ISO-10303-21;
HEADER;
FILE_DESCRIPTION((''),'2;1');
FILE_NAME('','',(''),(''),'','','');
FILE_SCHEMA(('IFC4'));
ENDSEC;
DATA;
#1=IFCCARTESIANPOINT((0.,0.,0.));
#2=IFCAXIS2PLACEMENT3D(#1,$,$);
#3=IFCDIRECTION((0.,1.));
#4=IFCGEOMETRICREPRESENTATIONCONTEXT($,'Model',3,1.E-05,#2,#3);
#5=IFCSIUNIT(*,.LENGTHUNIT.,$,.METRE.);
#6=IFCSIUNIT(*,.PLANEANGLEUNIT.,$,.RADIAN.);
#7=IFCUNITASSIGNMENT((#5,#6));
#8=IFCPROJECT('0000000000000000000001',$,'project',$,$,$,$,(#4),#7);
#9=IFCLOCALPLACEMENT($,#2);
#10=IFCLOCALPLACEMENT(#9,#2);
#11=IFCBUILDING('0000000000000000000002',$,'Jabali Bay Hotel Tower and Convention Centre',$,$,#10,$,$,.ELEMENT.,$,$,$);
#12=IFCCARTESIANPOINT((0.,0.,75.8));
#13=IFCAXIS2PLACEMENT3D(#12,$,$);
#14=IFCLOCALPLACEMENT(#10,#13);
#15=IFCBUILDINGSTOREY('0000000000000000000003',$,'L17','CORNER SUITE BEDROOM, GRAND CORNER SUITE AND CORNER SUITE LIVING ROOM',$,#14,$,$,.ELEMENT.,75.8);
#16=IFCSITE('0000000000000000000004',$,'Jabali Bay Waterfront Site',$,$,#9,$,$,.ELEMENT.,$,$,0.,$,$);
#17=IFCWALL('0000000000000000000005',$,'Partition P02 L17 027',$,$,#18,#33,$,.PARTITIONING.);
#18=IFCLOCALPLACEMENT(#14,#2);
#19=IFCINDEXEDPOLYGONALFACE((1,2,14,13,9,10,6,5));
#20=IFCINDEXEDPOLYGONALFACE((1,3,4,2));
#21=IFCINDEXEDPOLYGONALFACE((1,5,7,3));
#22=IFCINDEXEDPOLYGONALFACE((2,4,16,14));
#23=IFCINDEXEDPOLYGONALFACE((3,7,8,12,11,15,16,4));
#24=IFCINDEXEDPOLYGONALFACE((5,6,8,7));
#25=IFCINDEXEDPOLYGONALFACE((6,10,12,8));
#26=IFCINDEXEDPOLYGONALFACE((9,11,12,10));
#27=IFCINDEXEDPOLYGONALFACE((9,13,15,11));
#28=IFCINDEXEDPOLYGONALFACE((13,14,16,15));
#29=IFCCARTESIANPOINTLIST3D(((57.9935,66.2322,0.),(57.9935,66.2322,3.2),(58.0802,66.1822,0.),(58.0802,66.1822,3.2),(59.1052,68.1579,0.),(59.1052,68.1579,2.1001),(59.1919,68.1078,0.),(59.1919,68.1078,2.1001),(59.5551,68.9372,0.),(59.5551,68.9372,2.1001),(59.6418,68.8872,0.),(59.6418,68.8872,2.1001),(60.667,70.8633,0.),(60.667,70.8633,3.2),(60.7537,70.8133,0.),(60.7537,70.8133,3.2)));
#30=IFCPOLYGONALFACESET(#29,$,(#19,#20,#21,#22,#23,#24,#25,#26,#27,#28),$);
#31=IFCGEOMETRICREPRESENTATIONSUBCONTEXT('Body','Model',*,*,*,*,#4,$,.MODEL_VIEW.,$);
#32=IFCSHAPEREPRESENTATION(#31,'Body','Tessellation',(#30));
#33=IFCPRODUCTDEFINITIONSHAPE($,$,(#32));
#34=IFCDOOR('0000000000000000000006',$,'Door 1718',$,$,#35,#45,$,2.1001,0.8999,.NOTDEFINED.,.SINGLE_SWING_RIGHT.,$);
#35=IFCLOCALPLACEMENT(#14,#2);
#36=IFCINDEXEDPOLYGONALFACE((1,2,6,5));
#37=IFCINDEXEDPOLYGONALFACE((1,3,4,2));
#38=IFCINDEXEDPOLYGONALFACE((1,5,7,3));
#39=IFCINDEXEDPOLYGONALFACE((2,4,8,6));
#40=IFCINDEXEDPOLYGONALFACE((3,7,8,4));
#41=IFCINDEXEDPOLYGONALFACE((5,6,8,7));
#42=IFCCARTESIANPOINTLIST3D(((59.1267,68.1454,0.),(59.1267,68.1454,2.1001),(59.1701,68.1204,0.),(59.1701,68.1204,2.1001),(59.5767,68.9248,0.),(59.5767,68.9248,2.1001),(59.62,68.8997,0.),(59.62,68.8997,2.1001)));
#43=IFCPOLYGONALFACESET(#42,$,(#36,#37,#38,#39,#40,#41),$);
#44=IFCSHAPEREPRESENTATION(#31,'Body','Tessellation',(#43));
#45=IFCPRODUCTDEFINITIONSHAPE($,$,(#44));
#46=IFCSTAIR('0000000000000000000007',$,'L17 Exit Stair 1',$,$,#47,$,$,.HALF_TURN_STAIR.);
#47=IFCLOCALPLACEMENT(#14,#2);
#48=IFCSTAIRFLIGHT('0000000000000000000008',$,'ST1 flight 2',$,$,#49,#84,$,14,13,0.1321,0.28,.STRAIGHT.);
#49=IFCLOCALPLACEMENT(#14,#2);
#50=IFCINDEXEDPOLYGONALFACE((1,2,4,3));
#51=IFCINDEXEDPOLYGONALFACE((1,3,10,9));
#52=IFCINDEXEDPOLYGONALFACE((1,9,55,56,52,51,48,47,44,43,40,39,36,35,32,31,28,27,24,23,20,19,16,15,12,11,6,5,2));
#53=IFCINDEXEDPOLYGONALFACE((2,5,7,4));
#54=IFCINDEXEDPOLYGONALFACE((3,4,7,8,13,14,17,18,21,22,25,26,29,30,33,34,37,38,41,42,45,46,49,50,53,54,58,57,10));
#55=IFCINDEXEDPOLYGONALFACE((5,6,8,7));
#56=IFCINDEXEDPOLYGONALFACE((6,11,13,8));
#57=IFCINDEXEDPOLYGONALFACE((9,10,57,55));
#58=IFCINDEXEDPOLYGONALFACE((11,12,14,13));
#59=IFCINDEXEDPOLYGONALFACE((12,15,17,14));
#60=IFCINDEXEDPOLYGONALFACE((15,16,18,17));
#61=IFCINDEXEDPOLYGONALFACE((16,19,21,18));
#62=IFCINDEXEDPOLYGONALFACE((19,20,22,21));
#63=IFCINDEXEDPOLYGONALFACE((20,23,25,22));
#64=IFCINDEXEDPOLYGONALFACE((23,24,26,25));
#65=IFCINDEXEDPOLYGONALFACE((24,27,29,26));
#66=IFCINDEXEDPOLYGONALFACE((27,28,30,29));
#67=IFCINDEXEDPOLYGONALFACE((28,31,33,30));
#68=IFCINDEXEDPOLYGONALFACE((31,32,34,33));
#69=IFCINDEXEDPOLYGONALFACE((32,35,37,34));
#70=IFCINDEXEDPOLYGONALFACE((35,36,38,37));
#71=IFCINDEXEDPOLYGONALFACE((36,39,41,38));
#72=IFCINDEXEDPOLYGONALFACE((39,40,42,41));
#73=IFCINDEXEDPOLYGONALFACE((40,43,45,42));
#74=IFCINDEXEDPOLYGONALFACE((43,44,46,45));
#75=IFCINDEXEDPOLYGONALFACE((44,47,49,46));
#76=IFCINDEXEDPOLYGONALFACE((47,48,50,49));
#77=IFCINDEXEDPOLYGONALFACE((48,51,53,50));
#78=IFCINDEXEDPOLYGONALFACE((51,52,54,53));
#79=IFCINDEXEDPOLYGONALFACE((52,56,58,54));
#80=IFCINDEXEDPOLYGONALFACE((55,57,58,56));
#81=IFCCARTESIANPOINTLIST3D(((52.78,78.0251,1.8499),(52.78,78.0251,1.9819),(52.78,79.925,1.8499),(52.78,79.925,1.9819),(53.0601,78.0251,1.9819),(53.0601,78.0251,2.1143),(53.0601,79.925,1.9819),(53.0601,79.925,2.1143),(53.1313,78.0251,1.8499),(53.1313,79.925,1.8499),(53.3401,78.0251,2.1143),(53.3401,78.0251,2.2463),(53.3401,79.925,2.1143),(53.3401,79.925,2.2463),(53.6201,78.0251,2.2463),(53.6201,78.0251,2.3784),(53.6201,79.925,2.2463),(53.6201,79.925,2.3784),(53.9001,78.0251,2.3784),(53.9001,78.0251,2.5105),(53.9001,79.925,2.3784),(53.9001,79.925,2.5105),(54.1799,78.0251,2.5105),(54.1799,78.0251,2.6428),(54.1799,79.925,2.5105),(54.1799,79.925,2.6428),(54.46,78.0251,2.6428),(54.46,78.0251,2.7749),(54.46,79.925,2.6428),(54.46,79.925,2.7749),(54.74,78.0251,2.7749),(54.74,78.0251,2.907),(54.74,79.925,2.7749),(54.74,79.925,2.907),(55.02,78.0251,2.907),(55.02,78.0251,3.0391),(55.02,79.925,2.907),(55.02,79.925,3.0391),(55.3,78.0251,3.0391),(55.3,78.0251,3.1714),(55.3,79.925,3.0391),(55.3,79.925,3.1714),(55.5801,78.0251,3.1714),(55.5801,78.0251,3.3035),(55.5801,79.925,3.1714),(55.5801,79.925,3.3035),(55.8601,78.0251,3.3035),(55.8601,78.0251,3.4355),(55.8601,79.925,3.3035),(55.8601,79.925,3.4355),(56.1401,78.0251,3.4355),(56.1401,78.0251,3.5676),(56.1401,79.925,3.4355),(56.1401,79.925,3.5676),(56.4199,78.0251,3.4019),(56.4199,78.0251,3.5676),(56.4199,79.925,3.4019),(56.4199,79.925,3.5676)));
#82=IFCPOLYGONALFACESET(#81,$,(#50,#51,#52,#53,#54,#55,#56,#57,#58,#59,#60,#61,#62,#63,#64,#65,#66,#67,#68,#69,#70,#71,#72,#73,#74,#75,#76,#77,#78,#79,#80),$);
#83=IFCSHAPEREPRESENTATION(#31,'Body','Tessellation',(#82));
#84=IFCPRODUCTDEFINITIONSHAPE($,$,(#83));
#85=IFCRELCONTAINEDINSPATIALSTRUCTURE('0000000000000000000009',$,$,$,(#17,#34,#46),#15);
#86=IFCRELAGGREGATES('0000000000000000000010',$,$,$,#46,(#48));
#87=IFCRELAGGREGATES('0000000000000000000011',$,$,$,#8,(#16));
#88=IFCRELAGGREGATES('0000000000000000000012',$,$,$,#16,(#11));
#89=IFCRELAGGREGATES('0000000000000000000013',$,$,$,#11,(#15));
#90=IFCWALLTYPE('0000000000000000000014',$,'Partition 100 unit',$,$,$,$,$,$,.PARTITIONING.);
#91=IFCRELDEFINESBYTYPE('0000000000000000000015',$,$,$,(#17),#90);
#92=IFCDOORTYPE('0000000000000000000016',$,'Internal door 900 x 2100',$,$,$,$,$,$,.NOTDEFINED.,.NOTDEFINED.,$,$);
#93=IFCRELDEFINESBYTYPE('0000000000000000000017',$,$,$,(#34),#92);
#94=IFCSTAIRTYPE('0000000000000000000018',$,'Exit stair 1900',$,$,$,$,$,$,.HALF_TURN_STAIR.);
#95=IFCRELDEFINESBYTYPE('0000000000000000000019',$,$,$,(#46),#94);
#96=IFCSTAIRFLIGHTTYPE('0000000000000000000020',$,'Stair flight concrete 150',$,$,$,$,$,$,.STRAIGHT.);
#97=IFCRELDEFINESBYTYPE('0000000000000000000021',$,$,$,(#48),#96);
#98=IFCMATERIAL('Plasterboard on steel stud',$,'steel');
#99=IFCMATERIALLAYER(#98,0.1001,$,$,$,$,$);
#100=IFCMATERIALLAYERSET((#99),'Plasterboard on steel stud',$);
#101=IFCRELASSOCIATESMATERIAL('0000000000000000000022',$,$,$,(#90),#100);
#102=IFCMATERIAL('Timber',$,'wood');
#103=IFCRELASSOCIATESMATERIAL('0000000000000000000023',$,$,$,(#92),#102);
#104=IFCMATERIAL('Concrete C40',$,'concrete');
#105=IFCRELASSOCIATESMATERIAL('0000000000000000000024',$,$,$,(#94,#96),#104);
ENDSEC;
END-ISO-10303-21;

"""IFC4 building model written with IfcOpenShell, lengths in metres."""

from ifc_helpers import new_model, si_unit, direction, frame, frame_2d, origin, place, context, subcontext, project, spatial, polyline, rectangle, outline, extrude, material, layer, layer_set, type_object, element, fill, aggregate, save


model = new_model("IFC4")

# Units and contexts
model_context = context("Model", 3, precision=1e-05, world=origin(), true_north=direction((0.0, 1.0)))
body_context = subcontext(model_context, "Body", "Model", "MODEL_VIEW")
ifc_project = project(units=[si_unit("LENGTHUNIT", "METRE"), si_unit("PLANEANGLEUNIT", "RADIAN")], contexts=[model_context])

# Site, building, storey
site_placement = place(None, origin())
site = spatial("IfcSite", under=ifc_project, at=site_placement, Name="Jabali Bay Waterfront Site", CompositionType="ELEMENT", RefElevation=0.0)
building_placement = place(site_placement, origin())
building = spatial("IfcBuilding", under=site, at=building_placement, Name="Jabali Bay Hotel Tower and Convention Centre", CompositionType="ELEMENT")
storey_placement = place(building_placement, frame((0.0, 0.0, 75.8)))
storey = spatial("IfcBuildingStorey", under=building, at=storey_placement, Name="L17", Description="CORNER SUITE BEDROOM, GRAND CORNER SUITE AND CORNER SUITE LIVING ROOM", CompositionType="ELEMENT", Elevation=75.8)

# Shared definitions
ifc_material_1 = material(Name="Concrete C40", Category="concrete")

# Wall, opening, door
ifc_material_2 = material(Name="Plasterboard on steel stud", Category="steel")
ifc_layer_1 = layer(ifc_material_2, 0.1001)
ifc_layer_set_1 = layer_set([ifc_layer_1], Name="Plasterboard on steel stud")
wall_type_1 = type_object("IfcWallType", Name="Partition 100 unit", PredefinedType="PARTITIONING", material=ifc_layer_set_1)
wall_1_placement = place(storey_placement, frame((60.7104, 70.8384, 0.0), z_axis=(0.0, 0.0, 1.0), x_axis=(-0.499974, -0.86604, 0.0)))
wall_1 = element("IfcWall", 1, at=wall_1_placement, inside=storey, type_object=wall_type_1, Name="Partition P02 L17 027", PredefinedType="PARTITIONING", context=body_context, shape_type="SweptSolid", body=[
    extrude(rectangle(XDim=5.3474, YDim=0.1001, at=frame_2d((2.6738, 0.0))), origin(), (0.0, 0.0, 1.0), 3.2),
])
opening_1_placement = place(wall_1_placement, frame((2.2241, 0.0, 0.0)))
opening_1 = element("IfcOpeningElement", 2, at=opening_1_placement, cuts=wall_1, PredefinedType="OPENING", context=body_context, shape_type="SweptSolid", body=[
    extrude(rectangle(XDim=0.8999, YDim=2.1001, at=frame_2d((0.45, 1.05))), frame((0.0, 0.0605, 0.0), z_axis=(0.0, -1.0, 0.0), x_axis=(1.0, 0.0, 0.0)), (0.0, 0.0, 1.0), 0.1211),
])
ifc_material_3 = material(Name="Timber", Category="wood")
door_type_1 = type_object("IfcDoorType", Name="Internal door 900 x 2100", OperationType="NOTDEFINED", PredefinedType="NOTDEFINED", material=ifc_material_3)
door_1_placement = place(opening_1_placement, origin())
door_1 = element("IfcDoor", 3, at=door_1_placement, inside=storey, type_object=door_type_1, Name="Door 1718", OperationType="SINGLE_SWING_RIGHT", OverallHeight=2.1001, OverallWidth=0.8999, PredefinedType="NOTDEFINED", context=body_context, shape_type="SweptSolid", body=[
    extrude(rectangle(XDim=0.8999, YDim=2.1001, at=frame_2d((0.45, 1.05))), frame((0.0, 0.0249, 0.0), z_axis=(0.0, -1.0, 0.0), x_axis=(1.0, 0.0, 0.0)), (0.0, 0.0, 1.0), 0.05),
])
fill(opening_1, door_1)

# Stair, stair flight
stair_type = type_object("IfcStairType", Name="Exit stair 1900", PredefinedType="HALF_TURN_STAIR", material=ifc_material_1)
stair_placement = place(storey_placement, origin())
stair = element("IfcStair", 4, at=stair_placement, inside=storey, type_object=stair_type, Name="L17 Exit Stair 1", PredefinedType="HALF_TURN_STAIR")
stair_flight_type = type_object("IfcStairFlightType", Name="Stair flight concrete 150", PredefinedType="STRAIGHT", material=ifc_material_1)
stair_flight_placement = place(storey_placement, frame((52.78, 78.9751, 1.8499), z_axis=(0.0, 0.0, 1.0), x_axis=(1.0, 0.0, 0.0)))
stair_flight = element("IfcStairFlight", 5, at=stair_flight_placement, type_object=stair_flight_type, Name="ST1 flight 2", NumberOfRisers=14, NumberOfTreads=13, PredefinedType="STRAIGHT", RiserHeight=0.1321, TreadLength=0.28, context=body_context, shape_type="SweptSolid", body=[
    extrude(outline(polyline([(0.0, 0.0), (0.0, 0.1321), (0.28, 0.1321), (0.28, 0.2644), (0.5601, 0.2644), (0.5601, 0.3965), (0.8401, 0.3965), (0.8401, 0.5286), (1.1201, 0.5286), (1.1201, 0.6606), (1.3999, 0.6606), (1.3999, 0.793), (1.6799, 0.793), (1.6799, 0.925), (1.96, 0.925), (1.96, 1.0571), (2.24, 1.0571), (2.24, 1.1892), (2.52, 1.1892), (2.52, 1.3215), (2.8, 1.3215), (2.8, 1.4536), (3.0801, 1.4536), (3.0801, 1.5857), (3.3601, 1.5857), (3.3601, 1.7178), (3.6399, 1.7178), (3.6399, 1.8501), (3.6399, 1.552), (0.3513, 0.0), (0.0, 0.0)])), frame((0.0, 0.95, 0.0), z_axis=(0.0, -1.0, 0.0), x_axis=(1.0, 0.0, 0.0)), (0.0, 0.0, 1.0), 1.8999),
])
aggregate(stair, [stair_flight])

save(model, "model.ifc")
